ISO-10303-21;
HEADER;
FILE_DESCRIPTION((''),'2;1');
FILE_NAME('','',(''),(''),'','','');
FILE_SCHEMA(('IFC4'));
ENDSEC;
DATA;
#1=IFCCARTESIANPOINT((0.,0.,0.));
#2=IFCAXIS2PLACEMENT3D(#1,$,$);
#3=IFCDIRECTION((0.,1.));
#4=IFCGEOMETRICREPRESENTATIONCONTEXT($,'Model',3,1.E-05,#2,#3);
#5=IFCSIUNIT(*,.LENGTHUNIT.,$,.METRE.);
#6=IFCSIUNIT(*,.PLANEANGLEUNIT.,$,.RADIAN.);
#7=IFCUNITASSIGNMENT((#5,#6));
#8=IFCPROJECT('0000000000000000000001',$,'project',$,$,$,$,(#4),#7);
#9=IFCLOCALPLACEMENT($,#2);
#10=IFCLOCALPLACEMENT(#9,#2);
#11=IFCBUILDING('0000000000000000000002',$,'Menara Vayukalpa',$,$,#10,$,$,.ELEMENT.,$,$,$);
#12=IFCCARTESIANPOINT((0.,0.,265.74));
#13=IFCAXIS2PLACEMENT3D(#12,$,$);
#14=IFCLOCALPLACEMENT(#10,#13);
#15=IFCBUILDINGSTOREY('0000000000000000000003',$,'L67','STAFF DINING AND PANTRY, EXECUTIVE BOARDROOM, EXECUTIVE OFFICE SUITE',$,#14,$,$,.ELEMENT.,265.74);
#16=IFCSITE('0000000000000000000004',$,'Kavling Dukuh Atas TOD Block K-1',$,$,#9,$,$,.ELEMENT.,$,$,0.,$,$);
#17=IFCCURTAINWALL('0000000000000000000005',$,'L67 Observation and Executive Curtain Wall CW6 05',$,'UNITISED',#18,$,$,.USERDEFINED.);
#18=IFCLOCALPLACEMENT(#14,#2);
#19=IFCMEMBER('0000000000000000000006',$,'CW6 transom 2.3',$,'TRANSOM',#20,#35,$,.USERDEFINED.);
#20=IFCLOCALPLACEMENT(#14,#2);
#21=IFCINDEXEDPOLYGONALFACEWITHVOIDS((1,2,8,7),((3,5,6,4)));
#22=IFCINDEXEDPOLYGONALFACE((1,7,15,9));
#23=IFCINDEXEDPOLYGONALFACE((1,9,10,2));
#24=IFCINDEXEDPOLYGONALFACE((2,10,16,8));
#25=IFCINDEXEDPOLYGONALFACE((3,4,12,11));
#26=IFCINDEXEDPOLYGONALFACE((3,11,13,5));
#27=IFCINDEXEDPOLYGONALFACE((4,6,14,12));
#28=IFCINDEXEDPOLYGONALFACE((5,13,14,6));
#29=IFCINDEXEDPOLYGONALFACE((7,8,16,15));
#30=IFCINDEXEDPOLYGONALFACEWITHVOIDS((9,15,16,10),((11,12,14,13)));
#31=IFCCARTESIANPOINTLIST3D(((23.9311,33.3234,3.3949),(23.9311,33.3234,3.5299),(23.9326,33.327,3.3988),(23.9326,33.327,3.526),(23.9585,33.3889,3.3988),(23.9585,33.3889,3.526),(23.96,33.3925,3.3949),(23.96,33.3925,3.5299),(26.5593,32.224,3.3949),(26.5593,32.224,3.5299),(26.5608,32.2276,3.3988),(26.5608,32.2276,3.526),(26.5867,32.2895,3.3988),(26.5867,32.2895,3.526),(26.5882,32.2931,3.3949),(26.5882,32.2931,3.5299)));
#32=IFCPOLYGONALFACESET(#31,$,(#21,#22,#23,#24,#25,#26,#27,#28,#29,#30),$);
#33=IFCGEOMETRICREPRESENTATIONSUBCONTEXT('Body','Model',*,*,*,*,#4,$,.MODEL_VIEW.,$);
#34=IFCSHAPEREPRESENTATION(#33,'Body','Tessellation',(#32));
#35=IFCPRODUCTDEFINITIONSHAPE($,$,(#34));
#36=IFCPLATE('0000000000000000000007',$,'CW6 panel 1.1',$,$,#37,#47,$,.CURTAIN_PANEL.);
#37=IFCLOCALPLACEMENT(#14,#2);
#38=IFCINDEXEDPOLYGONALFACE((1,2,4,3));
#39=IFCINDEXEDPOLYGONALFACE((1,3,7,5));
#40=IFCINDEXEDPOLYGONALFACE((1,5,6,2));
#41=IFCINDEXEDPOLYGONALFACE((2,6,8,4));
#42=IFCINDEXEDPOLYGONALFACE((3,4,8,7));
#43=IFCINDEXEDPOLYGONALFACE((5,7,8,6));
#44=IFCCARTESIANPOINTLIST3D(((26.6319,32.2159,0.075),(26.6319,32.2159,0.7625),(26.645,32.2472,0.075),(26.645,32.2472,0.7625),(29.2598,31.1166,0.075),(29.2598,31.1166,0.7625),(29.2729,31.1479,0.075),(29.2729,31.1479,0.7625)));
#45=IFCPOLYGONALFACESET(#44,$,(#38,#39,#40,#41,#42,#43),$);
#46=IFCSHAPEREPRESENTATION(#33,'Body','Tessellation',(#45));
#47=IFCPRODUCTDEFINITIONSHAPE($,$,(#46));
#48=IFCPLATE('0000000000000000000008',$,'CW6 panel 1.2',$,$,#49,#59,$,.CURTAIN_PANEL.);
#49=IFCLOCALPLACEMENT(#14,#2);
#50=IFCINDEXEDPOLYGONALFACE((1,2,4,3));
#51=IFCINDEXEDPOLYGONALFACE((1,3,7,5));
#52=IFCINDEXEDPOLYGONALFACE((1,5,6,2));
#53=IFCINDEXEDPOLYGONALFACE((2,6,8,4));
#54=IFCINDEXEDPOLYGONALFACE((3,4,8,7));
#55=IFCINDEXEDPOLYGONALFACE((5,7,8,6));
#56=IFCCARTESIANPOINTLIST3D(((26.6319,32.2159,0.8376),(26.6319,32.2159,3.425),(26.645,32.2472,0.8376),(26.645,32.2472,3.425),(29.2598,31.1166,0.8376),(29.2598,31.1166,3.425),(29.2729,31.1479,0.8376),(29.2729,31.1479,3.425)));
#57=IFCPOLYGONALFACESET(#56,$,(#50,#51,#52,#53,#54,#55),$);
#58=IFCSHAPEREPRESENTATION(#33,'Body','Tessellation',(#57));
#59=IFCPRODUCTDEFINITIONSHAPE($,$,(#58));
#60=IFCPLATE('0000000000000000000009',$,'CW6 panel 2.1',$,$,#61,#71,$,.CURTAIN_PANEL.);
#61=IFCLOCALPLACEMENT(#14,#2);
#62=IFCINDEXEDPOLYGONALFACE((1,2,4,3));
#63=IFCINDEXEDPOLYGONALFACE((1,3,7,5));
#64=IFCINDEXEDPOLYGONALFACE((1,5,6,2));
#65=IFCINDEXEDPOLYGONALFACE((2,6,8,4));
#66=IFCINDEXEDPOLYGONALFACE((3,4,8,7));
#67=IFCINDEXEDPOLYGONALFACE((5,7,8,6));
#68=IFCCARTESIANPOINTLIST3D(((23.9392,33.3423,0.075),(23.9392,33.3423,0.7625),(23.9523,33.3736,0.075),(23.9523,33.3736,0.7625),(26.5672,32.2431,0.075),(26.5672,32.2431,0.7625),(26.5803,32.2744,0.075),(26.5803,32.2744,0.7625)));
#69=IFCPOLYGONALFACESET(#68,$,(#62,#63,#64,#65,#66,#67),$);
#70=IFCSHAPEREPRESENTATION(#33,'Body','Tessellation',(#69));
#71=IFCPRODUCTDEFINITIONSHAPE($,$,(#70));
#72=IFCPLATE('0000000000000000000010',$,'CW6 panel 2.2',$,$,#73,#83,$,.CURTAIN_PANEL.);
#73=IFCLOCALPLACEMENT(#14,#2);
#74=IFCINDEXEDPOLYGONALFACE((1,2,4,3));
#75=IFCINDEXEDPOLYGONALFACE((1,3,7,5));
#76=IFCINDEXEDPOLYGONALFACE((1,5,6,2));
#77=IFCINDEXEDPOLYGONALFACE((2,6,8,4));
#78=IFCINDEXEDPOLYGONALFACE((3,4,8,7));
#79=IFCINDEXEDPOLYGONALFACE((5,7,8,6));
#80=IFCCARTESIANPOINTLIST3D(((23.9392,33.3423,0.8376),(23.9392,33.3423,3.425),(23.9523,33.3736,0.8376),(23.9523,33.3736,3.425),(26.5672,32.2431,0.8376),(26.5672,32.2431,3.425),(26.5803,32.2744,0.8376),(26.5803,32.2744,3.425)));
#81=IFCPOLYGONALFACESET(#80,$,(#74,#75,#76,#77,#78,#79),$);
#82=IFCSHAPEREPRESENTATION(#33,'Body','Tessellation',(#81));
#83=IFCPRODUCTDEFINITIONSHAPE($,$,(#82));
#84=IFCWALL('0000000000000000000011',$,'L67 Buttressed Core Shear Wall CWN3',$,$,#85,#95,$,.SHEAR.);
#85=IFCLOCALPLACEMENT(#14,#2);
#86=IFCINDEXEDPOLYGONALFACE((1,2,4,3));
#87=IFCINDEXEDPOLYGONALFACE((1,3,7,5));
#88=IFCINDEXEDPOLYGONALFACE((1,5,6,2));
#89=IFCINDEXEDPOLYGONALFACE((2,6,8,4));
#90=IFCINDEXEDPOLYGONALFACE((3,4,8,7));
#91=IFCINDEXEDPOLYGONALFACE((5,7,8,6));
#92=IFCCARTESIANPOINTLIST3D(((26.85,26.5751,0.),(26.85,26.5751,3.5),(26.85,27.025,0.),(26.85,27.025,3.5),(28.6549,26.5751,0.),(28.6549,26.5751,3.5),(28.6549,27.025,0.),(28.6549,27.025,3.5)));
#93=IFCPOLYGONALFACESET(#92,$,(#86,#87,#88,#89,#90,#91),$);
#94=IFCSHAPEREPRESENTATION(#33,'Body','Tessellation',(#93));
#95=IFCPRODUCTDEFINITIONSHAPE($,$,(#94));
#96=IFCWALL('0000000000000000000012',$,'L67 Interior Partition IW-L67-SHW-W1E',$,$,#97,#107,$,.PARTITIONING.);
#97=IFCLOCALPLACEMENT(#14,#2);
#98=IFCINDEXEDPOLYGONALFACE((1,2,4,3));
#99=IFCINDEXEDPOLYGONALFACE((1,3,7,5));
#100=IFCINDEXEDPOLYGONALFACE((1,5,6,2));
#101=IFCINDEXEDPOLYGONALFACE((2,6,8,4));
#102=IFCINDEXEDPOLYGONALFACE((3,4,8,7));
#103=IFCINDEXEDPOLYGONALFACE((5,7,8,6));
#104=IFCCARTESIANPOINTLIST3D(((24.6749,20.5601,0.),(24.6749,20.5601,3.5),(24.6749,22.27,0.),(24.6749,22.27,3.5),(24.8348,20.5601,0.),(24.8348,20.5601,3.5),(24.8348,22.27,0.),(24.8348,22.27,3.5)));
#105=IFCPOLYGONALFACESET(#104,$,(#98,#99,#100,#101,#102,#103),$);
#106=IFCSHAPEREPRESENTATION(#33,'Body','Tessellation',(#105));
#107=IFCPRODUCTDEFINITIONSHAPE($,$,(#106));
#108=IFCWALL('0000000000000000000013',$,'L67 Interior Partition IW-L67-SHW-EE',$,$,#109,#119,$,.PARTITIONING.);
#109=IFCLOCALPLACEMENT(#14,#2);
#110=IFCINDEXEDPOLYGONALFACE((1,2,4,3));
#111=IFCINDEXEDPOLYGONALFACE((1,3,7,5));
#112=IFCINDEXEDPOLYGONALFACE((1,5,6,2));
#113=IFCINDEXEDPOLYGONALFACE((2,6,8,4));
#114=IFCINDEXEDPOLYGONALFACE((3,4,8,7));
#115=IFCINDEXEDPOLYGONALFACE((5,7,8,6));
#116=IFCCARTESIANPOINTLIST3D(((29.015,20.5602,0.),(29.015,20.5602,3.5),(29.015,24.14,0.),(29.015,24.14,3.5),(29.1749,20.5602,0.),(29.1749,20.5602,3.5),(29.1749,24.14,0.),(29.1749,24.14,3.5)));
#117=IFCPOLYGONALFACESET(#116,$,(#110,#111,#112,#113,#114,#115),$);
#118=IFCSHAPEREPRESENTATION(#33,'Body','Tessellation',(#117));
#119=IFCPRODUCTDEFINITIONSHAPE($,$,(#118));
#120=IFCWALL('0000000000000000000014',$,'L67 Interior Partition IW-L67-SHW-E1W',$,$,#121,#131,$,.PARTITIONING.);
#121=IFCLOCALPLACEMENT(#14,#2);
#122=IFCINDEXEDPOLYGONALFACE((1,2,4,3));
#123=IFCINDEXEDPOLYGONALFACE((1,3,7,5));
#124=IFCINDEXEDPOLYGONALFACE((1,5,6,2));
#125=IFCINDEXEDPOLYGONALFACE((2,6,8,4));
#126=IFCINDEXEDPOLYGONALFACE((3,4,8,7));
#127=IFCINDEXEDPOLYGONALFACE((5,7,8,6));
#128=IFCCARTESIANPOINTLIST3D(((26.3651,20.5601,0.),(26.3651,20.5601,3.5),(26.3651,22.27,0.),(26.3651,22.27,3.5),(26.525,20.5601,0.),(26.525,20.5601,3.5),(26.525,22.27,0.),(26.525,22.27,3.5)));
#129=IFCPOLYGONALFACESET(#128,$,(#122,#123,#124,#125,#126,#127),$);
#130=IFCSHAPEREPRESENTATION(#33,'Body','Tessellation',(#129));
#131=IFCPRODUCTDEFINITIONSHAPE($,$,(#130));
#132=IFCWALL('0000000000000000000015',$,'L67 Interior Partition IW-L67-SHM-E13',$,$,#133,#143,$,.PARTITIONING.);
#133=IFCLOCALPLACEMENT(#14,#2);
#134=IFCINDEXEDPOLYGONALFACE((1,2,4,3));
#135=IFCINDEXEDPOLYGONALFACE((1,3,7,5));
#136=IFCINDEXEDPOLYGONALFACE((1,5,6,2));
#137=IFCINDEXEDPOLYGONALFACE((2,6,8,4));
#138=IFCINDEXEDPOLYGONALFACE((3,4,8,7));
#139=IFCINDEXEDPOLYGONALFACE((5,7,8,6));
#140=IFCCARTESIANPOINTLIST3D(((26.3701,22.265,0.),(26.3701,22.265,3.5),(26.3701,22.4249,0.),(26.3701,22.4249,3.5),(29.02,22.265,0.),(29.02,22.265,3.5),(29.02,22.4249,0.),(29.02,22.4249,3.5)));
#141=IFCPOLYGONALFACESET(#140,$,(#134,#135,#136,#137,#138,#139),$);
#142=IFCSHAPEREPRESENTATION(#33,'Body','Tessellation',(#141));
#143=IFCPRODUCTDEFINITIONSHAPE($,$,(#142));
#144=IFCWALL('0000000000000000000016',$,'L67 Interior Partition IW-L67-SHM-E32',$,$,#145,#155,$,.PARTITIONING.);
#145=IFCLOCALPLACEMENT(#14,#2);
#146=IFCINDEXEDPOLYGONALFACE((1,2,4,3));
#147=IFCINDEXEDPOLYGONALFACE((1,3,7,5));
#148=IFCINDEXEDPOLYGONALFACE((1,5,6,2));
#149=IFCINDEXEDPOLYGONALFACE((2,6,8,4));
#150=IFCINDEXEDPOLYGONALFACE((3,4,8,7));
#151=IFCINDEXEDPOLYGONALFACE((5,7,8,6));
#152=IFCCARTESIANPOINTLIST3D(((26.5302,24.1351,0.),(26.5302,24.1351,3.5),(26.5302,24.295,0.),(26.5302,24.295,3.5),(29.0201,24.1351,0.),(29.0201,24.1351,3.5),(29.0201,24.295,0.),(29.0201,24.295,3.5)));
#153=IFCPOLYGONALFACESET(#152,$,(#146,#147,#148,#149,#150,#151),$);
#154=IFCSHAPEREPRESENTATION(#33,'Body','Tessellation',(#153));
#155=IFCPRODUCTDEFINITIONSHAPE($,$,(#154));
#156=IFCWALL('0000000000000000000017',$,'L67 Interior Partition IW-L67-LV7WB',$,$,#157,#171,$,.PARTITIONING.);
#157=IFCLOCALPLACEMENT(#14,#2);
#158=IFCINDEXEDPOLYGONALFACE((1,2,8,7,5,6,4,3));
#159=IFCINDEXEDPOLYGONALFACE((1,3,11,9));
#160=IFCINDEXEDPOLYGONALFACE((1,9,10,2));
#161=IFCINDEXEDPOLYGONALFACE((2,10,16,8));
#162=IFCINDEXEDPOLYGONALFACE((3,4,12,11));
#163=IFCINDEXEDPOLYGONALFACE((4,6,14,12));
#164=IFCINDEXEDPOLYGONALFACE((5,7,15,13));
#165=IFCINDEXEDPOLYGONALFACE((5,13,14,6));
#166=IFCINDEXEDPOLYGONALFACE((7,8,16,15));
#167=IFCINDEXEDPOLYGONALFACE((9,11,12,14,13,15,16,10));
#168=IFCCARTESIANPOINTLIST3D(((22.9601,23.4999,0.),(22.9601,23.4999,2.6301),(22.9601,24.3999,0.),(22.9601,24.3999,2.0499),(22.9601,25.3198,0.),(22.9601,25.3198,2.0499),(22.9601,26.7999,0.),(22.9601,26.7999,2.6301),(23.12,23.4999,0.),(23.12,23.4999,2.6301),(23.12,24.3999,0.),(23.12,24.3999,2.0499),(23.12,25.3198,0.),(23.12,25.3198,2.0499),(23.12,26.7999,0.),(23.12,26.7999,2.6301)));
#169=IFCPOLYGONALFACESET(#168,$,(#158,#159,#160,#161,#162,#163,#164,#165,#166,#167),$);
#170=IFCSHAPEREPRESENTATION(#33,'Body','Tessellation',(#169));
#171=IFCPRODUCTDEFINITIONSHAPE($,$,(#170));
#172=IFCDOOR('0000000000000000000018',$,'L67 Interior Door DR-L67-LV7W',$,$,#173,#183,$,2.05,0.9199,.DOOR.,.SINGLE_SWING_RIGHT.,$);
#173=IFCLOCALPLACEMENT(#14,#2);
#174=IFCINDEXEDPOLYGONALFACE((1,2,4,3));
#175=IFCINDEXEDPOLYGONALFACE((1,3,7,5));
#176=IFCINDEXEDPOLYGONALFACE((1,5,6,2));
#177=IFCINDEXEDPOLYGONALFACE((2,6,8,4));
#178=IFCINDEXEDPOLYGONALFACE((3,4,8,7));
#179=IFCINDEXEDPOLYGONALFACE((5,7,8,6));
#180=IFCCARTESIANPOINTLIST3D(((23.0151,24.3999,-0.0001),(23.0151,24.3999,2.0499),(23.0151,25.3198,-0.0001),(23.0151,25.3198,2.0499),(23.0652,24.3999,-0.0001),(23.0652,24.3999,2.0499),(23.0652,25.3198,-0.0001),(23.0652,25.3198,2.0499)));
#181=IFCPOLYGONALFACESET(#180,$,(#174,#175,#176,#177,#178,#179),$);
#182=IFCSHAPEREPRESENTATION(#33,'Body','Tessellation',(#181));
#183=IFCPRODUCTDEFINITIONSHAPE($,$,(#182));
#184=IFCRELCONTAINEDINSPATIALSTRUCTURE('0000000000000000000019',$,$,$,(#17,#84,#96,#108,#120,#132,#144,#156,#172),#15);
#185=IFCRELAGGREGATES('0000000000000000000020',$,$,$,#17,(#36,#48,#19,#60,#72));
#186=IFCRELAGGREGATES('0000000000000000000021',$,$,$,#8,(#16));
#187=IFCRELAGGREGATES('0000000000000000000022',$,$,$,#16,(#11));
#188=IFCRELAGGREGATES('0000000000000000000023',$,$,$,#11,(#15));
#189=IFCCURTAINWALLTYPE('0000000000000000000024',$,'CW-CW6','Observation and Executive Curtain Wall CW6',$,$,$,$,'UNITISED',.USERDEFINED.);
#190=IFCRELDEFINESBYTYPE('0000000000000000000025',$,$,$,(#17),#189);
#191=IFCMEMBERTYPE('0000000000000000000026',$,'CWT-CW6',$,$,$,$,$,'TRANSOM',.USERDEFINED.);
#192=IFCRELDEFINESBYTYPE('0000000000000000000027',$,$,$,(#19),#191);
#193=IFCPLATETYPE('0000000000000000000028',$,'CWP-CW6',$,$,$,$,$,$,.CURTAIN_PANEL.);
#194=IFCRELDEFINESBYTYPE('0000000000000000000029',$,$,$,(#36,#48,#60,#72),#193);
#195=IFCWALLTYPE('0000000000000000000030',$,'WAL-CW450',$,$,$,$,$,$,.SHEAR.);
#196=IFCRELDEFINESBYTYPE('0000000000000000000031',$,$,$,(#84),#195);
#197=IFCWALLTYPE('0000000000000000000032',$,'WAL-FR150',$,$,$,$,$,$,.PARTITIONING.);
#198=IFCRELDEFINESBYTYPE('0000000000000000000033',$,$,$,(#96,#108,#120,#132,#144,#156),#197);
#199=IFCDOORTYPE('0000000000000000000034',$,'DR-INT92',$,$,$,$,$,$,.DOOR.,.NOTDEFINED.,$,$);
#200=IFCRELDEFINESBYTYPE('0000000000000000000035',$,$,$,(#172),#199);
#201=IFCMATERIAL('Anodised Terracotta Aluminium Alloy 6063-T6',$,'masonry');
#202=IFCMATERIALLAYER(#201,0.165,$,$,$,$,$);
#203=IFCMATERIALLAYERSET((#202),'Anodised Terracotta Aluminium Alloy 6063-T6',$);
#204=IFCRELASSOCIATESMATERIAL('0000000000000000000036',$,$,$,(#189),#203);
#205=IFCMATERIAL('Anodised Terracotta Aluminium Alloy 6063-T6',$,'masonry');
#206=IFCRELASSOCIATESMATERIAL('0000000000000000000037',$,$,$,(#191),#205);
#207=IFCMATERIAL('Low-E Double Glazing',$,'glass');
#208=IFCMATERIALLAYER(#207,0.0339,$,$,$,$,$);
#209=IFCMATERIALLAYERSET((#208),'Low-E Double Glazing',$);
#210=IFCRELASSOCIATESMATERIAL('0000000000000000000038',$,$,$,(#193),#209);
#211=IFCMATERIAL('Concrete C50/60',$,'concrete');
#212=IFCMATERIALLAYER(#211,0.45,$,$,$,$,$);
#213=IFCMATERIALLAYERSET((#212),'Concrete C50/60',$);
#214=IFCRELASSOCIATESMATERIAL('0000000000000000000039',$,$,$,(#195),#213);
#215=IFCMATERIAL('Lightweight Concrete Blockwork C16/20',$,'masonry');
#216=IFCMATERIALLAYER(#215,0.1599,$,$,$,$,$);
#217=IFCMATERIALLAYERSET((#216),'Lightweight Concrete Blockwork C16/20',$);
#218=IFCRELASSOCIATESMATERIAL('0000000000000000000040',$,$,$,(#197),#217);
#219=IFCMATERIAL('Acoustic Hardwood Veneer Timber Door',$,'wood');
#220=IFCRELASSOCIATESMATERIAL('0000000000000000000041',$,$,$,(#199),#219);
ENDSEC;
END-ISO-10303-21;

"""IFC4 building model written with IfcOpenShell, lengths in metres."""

from ifc_helpers import new_model, si_unit, direction, frame, frame_2d, origin, origin_2d, place, context, subcontext, project, spatial, rectangle, hollow_rectangle, extrude, material, layer, layer_set, material_profile, profile_set, type_object, element, fill, aggregate, save


model = new_model("IFC4")

# Units and contexts
model_context = context("Model", 3, precision=1e-05, world=origin(), true_north=direction((0.0, 1.0)))
body_context = subcontext(model_context, "Body", "Model", "MODEL_VIEW")
ifc_project = project(units=[si_unit("LENGTHUNIT", "METRE"), si_unit("PLANEANGLEUNIT", "RADIAN")], contexts=[model_context])

# Site, building, storey
site_placement = place(None, origin())
site = spatial("IfcSite", under=ifc_project, at=site_placement, Name="Kavling Dukuh Atas TOD Block K-1", CompositionType="ELEMENT", RefElevation=0.0)
building_placement = place(site_placement, origin())
building = spatial("IfcBuilding", under=site, at=building_placement, Name="Menara Vayukalpa", CompositionType="ELEMENT")
storey_placement = place(building_placement, frame((0.0, 0.0, 265.74)))
storey = spatial("IfcBuildingStorey", under=building, at=storey_placement, Name="L67", Description="STAFF DINING AND PANTRY, EXECUTIVE BOARDROOM, EXECUTIVE OFFICE SUITE", CompositionType="ELEMENT", Elevation=265.74)

# Curtain wall, member, plates
ifc_material_1 = material(Name="Anodised Terracotta Aluminium Alloy 6063-T6", Category="masonry")
ifc_layer_1 = layer(ifc_material_1, 0.165)
ifc_layer_set_1 = layer_set([ifc_layer_1], Name="Anodised Terracotta Aluminium Alloy 6063-T6")
curtain_wall_type = type_object("IfcCurtainWallType", Name="CW-CW6", Description="Observation and Executive Curtain Wall CW6", ElementType="UNITISED", PredefinedType="USERDEFINED", material=ifc_layer_set_1)
curtain_wall_placement = place(storey_placement, origin())
curtain_wall = element("IfcCurtainWall", 1, at=curtain_wall_placement, inside=storey, type_object=curtain_wall_type, Name="L67 Observation and Executive Curtain Wall CW6 05", ObjectType="UNITISED", PredefinedType="USERDEFINED")
ifc_material_2 = material(Name="Anodised Terracotta Aluminium Alloy 6063-T6", Category="masonry")
ifc_material_profile_1 = material_profile(ifc_material_2, hollow_rectangle(XDim=0.075, YDim=0.135, WallThickness=0.0039, at=origin_2d()), Name="ALU 75x135x4")
ifc_profile_set_1 = profile_set([ifc_material_profile_1], Name="Anodised Terracotta Aluminium Alloy 6063-T6")
member_type_1 = type_object("IfcMemberType", Name="CWT-CW6", ElementType="TRANSOM", PredefinedType="USERDEFINED", material=ifc_profile_set_1)
member_1_placement = place(storey_placement, frame((26.5737, 32.2585, 3.4624), z_axis=(-0.922541, 0.385899, 0.0), x_axis=(-0.385899, -0.922541, 0.0)))
member_1 = element("IfcMember", 2, at=member_1_placement, type_object=member_type_1, Name="CW6 transom 2.3", ObjectType="TRANSOM", PredefinedType="USERDEFINED", context=body_context, shape_type="SweptSolid", body=[
    extrude(hollow_rectangle(XDim=0.075, YDim=0.135, WallThickness=0.0039, at=origin_2d()), origin(), (0.0, 0.0, 1.0), 2.8489),
])
ifc_material_3 = material(Name="Low-E Double Glazing", Category="glass")
ifc_layer_2 = layer(ifc_material_3, 0.0339)
ifc_layer_set_2 = layer_set([ifc_layer_2], Name="Low-E Double Glazing")
plate_type = type_object("IfcPlateType", Name="CWP-CW6", PredefinedType="CURTAIN_PANEL", material=ifc_layer_set_2)
plate_1_placement = place(storey_placement, frame((27.9524, 31.6819, 0.075), z_axis=(0.0, 0.0, 1.0), x_axis=(-0.922541, 0.3859, 0.0)))
plate_1 = element("IfcPlate", 3, at=plate_1_placement, type_object=plate_type, Name="CW6 panel 1.1", PredefinedType="CURTAIN_PANEL", context=body_context, shape_type="SweptSolid", body=[
    extrude(rectangle(XDim=2.8486, YDim=0.0339, at=origin_2d()), origin(), (0.0, 0.0, 1.0), 0.6875),
])
plate_2_placement = place(storey_placement, frame((27.9524, 31.6819, 0.8376), z_axis=(0.0, 0.0, 1.0), x_axis=(-0.922541, 0.3859, 0.0)))
plate_2 = element("IfcPlate", 4, at=plate_2_placement, type_object=plate_type, Name="CW6 panel 1.2", PredefinedType="CURTAIN_PANEL", context=body_context, shape_type="SweptSolid", body=[
    extrude(rectangle(XDim=2.8486, YDim=0.0339, at=origin_2d()), origin(), (0.0, 0.0, 1.0), 2.5874),
])
plate_3_placement = place(storey_placement, frame((25.2598, 32.8083, 0.075), z_axis=(0.0, 0.0, 1.0), x_axis=(-0.922541, 0.3859, 0.0)))
plate_3 = element("IfcPlate", 5, at=plate_3_placement, type_object=plate_type, Name="CW6 panel 2.1", PredefinedType="CURTAIN_PANEL", context=body_context, shape_type="SweptSolid", body=[
    extrude(rectangle(XDim=2.8486, YDim=0.0339, at=origin_2d()), origin(), (0.0, 0.0, 1.0), 0.6875),
])
plate_4_placement = place(storey_placement, frame((25.2598, 32.8083, 0.8376), z_axis=(0.0, 0.0, 1.0), x_axis=(-0.922541, 0.3859, 0.0)))
plate_4 = element("IfcPlate", 6, at=plate_4_placement, type_object=plate_type, Name="CW6 panel 2.2", PredefinedType="CURTAIN_PANEL", context=body_context, shape_type="SweptSolid", body=[
    extrude(rectangle(XDim=2.8486, YDim=0.0339, at=origin_2d()), origin(), (0.0, 0.0, 1.0), 2.5874),
])
aggregate(curtain_wall, [plate_1, plate_2, member_1, plate_3, plate_4])

# Walls
ifc_material_4 = material(Name="Concrete C50/60", Category="concrete")
ifc_layer_3 = layer(ifc_material_4, 0.45)
ifc_layer_set_3 = layer_set([ifc_layer_3], Name="Concrete C50/60")
wall_type_1 = type_object("IfcWallType", Name="WAL-CW450", PredefinedType="SHEAR", material=ifc_layer_set_3)
wall_1_placement = place(storey_placement, frame((26.8501, 26.8, 0.0), z_axis=(0.0, 0.0, 1.0), x_axis=(1.0, 0.0, 0.0)))
element("IfcWall", 7, at=wall_1_placement, inside=storey, type_object=wall_type_1, Name="L67 Buttressed Core Shear Wall CWN3", PredefinedType="SHEAR", context=body_context, shape_type="SweptSolid", body=[
    extrude(rectangle(XDim=1.8049, YDim=0.45, at=frame_2d((0.9023, 0.0))), origin(), (0.0, 0.0, 1.0), 3.5),
])
ifc_material_5 = material(Name="Lightweight Concrete Blockwork C16/20", Category="masonry")
ifc_layer_4 = layer(ifc_material_5, 0.1599)
ifc_layer_set_4 = layer_set([ifc_layer_4], Name="Lightweight Concrete Blockwork C16/20")
wall_type_2 = type_object("IfcWallType", Name="WAL-FR150", PredefinedType="PARTITIONING", material=ifc_layer_set_4)
wall_2_placement = place(storey_placement, frame((24.7549, 20.5601, 0.0), z_axis=(0.0, 0.0, 1.0), x_axis=(0.0, 1.0, 0.0)))
element("IfcWall", 8, at=wall_2_placement, inside=storey, type_object=wall_type_2, Name="L67 Interior Partition IW-L67-SHW-W1E", PredefinedType="PARTITIONING", context=body_context, shape_type="SweptSolid", body=[
    extrude(rectangle(XDim=1.71, YDim=0.1599, at=frame_2d((0.855, 0.0))), origin(), (0.0, 0.0, 1.0), 3.5),
])
wall_3_placement = place(storey_placement, frame((29.095, 20.5601, 0.0), z_axis=(0.0, 0.0, 1.0), x_axis=(0.0, 1.0, 0.0)))
element("IfcWall", 9, at=wall_3_placement, inside=storey, type_object=wall_type_2, Name="L67 Interior Partition IW-L67-SHW-EE", PredefinedType="PARTITIONING", context=body_context, shape_type="SweptSolid", body=[
    extrude(rectangle(XDim=3.5798, YDim=0.1599, at=frame_2d((1.79, 0.0))), origin(), (0.0, 0.0, 1.0), 3.5),
])
wall_4_placement = place(storey_placement, frame((26.4451, 20.5601, 0.0), z_axis=(0.0, 0.0, 1.0), x_axis=(0.0, 1.0, 0.0)))
element("IfcWall", 10, at=wall_4_placement, inside=storey, type_object=wall_type_2, Name="L67 Interior Partition IW-L67-SHW-E1W", PredefinedType="PARTITIONING", context=body_context, shape_type="SweptSolid", body=[
    extrude(rectangle(XDim=1.71, YDim=0.1599, at=frame_2d((0.855, 0.0))), origin(), (0.0, 0.0, 1.0), 3.5),
])
wall_5_placement = place(storey_placement, frame((26.3701, 22.345, 0.0), z_axis=(0.0, 0.0, 1.0), x_axis=(1.0, 0.0, 0.0)))
element("IfcWall", 11, at=wall_5_placement, inside=storey, type_object=wall_type_2, Name="L67 Interior Partition IW-L67-SHM-E13", PredefinedType="PARTITIONING", context=body_context, shape_type="SweptSolid", body=[
    extrude(rectangle(XDim=2.6499, YDim=0.1599, at=frame_2d((1.325, 0.0))), origin(), (0.0, 0.0, 1.0), 3.5),
])
wall_6_placement = place(storey_placement, frame((26.53, 24.2151, 0.0), z_axis=(0.0, 0.0, 1.0), x_axis=(1.0, 0.0, 0.0)))
element("IfcWall", 12, at=wall_6_placement, inside=storey, type_object=wall_type_2, Name="L67 Interior Partition IW-L67-SHM-E32", PredefinedType="PARTITIONING", context=body_context, shape_type="SweptSolid", body=[
    extrude(rectangle(XDim=2.49, YDim=0.1599, at=frame_2d((1.2451, 0.0))), origin(), (0.0, 0.0, 1.0), 3.5),
])

# Wall, opening, door
wall_7_placement = place(storey_placement, frame((23.04, 23.5, 0.0), z_axis=(0.0, 0.0, 1.0), x_axis=(0.0, 1.0, 0.0)))
wall_7 = element("IfcWall", 13, at=wall_7_placement, inside=storey, type_object=wall_type_2, Name="L67 Interior Partition IW-L67-LV7WB", PredefinedType="PARTITIONING", context=body_context, shape_type="SweptSolid", body=[
    extrude(rectangle(XDim=3.3, YDim=0.1599, at=frame_2d((1.6499, 0.0))), origin(), (0.0, 0.0, 1.0), 2.6301),
])
opening_1_placement = place(wall_7_placement, frame((0.8999, 0.0, 0.0)))
opening_1 = element("IfcOpeningElement", 14, at=opening_1_placement, cuts=wall_7, PredefinedType="OPENING", context=body_context, shape_type="SweptSolid", body=[
    extrude(rectangle(XDim=0.9199, YDim=2.05, at=frame_2d((0.46, 1.0249))), frame((0.0, 0.0898, 0.0), z_axis=(0.0, -1.0, 0.0), x_axis=(1.0, 0.0, 0.0)), (0.0, 0.0, 1.0), 0.1799),
])
ifc_material_6 = material(Name="Acoustic Hardwood Veneer Timber Door", Category="wood")
door_type_1 = type_object("IfcDoorType", Name="DR-INT92", OperationType="NOTDEFINED", PredefinedType="DOOR", material=ifc_material_6)
door_1_placement = place(opening_1_placement, origin())
door_1 = element("IfcDoor", 15, at=door_1_placement, inside=storey, type_object=door_type_1, Name="L67 Interior Door DR-L67-LV7W", OperationType="SINGLE_SWING_RIGHT", OverallHeight=2.05, OverallWidth=0.9199, PredefinedType="DOOR", context=body_context, shape_type="SweptSolid", body=[
    extrude(rectangle(XDim=0.9199, YDim=2.05, at=frame_2d((0.46, 1.0249))), frame((0.0, 0.0249, 0.0), z_axis=(0.0, -1.0, 0.0), x_axis=(1.0, 0.0, 0.0)), (0.0, 0.0, 1.0), 0.05),
])
fill(opening_1, door_1)

save(model, "model.ifc")
